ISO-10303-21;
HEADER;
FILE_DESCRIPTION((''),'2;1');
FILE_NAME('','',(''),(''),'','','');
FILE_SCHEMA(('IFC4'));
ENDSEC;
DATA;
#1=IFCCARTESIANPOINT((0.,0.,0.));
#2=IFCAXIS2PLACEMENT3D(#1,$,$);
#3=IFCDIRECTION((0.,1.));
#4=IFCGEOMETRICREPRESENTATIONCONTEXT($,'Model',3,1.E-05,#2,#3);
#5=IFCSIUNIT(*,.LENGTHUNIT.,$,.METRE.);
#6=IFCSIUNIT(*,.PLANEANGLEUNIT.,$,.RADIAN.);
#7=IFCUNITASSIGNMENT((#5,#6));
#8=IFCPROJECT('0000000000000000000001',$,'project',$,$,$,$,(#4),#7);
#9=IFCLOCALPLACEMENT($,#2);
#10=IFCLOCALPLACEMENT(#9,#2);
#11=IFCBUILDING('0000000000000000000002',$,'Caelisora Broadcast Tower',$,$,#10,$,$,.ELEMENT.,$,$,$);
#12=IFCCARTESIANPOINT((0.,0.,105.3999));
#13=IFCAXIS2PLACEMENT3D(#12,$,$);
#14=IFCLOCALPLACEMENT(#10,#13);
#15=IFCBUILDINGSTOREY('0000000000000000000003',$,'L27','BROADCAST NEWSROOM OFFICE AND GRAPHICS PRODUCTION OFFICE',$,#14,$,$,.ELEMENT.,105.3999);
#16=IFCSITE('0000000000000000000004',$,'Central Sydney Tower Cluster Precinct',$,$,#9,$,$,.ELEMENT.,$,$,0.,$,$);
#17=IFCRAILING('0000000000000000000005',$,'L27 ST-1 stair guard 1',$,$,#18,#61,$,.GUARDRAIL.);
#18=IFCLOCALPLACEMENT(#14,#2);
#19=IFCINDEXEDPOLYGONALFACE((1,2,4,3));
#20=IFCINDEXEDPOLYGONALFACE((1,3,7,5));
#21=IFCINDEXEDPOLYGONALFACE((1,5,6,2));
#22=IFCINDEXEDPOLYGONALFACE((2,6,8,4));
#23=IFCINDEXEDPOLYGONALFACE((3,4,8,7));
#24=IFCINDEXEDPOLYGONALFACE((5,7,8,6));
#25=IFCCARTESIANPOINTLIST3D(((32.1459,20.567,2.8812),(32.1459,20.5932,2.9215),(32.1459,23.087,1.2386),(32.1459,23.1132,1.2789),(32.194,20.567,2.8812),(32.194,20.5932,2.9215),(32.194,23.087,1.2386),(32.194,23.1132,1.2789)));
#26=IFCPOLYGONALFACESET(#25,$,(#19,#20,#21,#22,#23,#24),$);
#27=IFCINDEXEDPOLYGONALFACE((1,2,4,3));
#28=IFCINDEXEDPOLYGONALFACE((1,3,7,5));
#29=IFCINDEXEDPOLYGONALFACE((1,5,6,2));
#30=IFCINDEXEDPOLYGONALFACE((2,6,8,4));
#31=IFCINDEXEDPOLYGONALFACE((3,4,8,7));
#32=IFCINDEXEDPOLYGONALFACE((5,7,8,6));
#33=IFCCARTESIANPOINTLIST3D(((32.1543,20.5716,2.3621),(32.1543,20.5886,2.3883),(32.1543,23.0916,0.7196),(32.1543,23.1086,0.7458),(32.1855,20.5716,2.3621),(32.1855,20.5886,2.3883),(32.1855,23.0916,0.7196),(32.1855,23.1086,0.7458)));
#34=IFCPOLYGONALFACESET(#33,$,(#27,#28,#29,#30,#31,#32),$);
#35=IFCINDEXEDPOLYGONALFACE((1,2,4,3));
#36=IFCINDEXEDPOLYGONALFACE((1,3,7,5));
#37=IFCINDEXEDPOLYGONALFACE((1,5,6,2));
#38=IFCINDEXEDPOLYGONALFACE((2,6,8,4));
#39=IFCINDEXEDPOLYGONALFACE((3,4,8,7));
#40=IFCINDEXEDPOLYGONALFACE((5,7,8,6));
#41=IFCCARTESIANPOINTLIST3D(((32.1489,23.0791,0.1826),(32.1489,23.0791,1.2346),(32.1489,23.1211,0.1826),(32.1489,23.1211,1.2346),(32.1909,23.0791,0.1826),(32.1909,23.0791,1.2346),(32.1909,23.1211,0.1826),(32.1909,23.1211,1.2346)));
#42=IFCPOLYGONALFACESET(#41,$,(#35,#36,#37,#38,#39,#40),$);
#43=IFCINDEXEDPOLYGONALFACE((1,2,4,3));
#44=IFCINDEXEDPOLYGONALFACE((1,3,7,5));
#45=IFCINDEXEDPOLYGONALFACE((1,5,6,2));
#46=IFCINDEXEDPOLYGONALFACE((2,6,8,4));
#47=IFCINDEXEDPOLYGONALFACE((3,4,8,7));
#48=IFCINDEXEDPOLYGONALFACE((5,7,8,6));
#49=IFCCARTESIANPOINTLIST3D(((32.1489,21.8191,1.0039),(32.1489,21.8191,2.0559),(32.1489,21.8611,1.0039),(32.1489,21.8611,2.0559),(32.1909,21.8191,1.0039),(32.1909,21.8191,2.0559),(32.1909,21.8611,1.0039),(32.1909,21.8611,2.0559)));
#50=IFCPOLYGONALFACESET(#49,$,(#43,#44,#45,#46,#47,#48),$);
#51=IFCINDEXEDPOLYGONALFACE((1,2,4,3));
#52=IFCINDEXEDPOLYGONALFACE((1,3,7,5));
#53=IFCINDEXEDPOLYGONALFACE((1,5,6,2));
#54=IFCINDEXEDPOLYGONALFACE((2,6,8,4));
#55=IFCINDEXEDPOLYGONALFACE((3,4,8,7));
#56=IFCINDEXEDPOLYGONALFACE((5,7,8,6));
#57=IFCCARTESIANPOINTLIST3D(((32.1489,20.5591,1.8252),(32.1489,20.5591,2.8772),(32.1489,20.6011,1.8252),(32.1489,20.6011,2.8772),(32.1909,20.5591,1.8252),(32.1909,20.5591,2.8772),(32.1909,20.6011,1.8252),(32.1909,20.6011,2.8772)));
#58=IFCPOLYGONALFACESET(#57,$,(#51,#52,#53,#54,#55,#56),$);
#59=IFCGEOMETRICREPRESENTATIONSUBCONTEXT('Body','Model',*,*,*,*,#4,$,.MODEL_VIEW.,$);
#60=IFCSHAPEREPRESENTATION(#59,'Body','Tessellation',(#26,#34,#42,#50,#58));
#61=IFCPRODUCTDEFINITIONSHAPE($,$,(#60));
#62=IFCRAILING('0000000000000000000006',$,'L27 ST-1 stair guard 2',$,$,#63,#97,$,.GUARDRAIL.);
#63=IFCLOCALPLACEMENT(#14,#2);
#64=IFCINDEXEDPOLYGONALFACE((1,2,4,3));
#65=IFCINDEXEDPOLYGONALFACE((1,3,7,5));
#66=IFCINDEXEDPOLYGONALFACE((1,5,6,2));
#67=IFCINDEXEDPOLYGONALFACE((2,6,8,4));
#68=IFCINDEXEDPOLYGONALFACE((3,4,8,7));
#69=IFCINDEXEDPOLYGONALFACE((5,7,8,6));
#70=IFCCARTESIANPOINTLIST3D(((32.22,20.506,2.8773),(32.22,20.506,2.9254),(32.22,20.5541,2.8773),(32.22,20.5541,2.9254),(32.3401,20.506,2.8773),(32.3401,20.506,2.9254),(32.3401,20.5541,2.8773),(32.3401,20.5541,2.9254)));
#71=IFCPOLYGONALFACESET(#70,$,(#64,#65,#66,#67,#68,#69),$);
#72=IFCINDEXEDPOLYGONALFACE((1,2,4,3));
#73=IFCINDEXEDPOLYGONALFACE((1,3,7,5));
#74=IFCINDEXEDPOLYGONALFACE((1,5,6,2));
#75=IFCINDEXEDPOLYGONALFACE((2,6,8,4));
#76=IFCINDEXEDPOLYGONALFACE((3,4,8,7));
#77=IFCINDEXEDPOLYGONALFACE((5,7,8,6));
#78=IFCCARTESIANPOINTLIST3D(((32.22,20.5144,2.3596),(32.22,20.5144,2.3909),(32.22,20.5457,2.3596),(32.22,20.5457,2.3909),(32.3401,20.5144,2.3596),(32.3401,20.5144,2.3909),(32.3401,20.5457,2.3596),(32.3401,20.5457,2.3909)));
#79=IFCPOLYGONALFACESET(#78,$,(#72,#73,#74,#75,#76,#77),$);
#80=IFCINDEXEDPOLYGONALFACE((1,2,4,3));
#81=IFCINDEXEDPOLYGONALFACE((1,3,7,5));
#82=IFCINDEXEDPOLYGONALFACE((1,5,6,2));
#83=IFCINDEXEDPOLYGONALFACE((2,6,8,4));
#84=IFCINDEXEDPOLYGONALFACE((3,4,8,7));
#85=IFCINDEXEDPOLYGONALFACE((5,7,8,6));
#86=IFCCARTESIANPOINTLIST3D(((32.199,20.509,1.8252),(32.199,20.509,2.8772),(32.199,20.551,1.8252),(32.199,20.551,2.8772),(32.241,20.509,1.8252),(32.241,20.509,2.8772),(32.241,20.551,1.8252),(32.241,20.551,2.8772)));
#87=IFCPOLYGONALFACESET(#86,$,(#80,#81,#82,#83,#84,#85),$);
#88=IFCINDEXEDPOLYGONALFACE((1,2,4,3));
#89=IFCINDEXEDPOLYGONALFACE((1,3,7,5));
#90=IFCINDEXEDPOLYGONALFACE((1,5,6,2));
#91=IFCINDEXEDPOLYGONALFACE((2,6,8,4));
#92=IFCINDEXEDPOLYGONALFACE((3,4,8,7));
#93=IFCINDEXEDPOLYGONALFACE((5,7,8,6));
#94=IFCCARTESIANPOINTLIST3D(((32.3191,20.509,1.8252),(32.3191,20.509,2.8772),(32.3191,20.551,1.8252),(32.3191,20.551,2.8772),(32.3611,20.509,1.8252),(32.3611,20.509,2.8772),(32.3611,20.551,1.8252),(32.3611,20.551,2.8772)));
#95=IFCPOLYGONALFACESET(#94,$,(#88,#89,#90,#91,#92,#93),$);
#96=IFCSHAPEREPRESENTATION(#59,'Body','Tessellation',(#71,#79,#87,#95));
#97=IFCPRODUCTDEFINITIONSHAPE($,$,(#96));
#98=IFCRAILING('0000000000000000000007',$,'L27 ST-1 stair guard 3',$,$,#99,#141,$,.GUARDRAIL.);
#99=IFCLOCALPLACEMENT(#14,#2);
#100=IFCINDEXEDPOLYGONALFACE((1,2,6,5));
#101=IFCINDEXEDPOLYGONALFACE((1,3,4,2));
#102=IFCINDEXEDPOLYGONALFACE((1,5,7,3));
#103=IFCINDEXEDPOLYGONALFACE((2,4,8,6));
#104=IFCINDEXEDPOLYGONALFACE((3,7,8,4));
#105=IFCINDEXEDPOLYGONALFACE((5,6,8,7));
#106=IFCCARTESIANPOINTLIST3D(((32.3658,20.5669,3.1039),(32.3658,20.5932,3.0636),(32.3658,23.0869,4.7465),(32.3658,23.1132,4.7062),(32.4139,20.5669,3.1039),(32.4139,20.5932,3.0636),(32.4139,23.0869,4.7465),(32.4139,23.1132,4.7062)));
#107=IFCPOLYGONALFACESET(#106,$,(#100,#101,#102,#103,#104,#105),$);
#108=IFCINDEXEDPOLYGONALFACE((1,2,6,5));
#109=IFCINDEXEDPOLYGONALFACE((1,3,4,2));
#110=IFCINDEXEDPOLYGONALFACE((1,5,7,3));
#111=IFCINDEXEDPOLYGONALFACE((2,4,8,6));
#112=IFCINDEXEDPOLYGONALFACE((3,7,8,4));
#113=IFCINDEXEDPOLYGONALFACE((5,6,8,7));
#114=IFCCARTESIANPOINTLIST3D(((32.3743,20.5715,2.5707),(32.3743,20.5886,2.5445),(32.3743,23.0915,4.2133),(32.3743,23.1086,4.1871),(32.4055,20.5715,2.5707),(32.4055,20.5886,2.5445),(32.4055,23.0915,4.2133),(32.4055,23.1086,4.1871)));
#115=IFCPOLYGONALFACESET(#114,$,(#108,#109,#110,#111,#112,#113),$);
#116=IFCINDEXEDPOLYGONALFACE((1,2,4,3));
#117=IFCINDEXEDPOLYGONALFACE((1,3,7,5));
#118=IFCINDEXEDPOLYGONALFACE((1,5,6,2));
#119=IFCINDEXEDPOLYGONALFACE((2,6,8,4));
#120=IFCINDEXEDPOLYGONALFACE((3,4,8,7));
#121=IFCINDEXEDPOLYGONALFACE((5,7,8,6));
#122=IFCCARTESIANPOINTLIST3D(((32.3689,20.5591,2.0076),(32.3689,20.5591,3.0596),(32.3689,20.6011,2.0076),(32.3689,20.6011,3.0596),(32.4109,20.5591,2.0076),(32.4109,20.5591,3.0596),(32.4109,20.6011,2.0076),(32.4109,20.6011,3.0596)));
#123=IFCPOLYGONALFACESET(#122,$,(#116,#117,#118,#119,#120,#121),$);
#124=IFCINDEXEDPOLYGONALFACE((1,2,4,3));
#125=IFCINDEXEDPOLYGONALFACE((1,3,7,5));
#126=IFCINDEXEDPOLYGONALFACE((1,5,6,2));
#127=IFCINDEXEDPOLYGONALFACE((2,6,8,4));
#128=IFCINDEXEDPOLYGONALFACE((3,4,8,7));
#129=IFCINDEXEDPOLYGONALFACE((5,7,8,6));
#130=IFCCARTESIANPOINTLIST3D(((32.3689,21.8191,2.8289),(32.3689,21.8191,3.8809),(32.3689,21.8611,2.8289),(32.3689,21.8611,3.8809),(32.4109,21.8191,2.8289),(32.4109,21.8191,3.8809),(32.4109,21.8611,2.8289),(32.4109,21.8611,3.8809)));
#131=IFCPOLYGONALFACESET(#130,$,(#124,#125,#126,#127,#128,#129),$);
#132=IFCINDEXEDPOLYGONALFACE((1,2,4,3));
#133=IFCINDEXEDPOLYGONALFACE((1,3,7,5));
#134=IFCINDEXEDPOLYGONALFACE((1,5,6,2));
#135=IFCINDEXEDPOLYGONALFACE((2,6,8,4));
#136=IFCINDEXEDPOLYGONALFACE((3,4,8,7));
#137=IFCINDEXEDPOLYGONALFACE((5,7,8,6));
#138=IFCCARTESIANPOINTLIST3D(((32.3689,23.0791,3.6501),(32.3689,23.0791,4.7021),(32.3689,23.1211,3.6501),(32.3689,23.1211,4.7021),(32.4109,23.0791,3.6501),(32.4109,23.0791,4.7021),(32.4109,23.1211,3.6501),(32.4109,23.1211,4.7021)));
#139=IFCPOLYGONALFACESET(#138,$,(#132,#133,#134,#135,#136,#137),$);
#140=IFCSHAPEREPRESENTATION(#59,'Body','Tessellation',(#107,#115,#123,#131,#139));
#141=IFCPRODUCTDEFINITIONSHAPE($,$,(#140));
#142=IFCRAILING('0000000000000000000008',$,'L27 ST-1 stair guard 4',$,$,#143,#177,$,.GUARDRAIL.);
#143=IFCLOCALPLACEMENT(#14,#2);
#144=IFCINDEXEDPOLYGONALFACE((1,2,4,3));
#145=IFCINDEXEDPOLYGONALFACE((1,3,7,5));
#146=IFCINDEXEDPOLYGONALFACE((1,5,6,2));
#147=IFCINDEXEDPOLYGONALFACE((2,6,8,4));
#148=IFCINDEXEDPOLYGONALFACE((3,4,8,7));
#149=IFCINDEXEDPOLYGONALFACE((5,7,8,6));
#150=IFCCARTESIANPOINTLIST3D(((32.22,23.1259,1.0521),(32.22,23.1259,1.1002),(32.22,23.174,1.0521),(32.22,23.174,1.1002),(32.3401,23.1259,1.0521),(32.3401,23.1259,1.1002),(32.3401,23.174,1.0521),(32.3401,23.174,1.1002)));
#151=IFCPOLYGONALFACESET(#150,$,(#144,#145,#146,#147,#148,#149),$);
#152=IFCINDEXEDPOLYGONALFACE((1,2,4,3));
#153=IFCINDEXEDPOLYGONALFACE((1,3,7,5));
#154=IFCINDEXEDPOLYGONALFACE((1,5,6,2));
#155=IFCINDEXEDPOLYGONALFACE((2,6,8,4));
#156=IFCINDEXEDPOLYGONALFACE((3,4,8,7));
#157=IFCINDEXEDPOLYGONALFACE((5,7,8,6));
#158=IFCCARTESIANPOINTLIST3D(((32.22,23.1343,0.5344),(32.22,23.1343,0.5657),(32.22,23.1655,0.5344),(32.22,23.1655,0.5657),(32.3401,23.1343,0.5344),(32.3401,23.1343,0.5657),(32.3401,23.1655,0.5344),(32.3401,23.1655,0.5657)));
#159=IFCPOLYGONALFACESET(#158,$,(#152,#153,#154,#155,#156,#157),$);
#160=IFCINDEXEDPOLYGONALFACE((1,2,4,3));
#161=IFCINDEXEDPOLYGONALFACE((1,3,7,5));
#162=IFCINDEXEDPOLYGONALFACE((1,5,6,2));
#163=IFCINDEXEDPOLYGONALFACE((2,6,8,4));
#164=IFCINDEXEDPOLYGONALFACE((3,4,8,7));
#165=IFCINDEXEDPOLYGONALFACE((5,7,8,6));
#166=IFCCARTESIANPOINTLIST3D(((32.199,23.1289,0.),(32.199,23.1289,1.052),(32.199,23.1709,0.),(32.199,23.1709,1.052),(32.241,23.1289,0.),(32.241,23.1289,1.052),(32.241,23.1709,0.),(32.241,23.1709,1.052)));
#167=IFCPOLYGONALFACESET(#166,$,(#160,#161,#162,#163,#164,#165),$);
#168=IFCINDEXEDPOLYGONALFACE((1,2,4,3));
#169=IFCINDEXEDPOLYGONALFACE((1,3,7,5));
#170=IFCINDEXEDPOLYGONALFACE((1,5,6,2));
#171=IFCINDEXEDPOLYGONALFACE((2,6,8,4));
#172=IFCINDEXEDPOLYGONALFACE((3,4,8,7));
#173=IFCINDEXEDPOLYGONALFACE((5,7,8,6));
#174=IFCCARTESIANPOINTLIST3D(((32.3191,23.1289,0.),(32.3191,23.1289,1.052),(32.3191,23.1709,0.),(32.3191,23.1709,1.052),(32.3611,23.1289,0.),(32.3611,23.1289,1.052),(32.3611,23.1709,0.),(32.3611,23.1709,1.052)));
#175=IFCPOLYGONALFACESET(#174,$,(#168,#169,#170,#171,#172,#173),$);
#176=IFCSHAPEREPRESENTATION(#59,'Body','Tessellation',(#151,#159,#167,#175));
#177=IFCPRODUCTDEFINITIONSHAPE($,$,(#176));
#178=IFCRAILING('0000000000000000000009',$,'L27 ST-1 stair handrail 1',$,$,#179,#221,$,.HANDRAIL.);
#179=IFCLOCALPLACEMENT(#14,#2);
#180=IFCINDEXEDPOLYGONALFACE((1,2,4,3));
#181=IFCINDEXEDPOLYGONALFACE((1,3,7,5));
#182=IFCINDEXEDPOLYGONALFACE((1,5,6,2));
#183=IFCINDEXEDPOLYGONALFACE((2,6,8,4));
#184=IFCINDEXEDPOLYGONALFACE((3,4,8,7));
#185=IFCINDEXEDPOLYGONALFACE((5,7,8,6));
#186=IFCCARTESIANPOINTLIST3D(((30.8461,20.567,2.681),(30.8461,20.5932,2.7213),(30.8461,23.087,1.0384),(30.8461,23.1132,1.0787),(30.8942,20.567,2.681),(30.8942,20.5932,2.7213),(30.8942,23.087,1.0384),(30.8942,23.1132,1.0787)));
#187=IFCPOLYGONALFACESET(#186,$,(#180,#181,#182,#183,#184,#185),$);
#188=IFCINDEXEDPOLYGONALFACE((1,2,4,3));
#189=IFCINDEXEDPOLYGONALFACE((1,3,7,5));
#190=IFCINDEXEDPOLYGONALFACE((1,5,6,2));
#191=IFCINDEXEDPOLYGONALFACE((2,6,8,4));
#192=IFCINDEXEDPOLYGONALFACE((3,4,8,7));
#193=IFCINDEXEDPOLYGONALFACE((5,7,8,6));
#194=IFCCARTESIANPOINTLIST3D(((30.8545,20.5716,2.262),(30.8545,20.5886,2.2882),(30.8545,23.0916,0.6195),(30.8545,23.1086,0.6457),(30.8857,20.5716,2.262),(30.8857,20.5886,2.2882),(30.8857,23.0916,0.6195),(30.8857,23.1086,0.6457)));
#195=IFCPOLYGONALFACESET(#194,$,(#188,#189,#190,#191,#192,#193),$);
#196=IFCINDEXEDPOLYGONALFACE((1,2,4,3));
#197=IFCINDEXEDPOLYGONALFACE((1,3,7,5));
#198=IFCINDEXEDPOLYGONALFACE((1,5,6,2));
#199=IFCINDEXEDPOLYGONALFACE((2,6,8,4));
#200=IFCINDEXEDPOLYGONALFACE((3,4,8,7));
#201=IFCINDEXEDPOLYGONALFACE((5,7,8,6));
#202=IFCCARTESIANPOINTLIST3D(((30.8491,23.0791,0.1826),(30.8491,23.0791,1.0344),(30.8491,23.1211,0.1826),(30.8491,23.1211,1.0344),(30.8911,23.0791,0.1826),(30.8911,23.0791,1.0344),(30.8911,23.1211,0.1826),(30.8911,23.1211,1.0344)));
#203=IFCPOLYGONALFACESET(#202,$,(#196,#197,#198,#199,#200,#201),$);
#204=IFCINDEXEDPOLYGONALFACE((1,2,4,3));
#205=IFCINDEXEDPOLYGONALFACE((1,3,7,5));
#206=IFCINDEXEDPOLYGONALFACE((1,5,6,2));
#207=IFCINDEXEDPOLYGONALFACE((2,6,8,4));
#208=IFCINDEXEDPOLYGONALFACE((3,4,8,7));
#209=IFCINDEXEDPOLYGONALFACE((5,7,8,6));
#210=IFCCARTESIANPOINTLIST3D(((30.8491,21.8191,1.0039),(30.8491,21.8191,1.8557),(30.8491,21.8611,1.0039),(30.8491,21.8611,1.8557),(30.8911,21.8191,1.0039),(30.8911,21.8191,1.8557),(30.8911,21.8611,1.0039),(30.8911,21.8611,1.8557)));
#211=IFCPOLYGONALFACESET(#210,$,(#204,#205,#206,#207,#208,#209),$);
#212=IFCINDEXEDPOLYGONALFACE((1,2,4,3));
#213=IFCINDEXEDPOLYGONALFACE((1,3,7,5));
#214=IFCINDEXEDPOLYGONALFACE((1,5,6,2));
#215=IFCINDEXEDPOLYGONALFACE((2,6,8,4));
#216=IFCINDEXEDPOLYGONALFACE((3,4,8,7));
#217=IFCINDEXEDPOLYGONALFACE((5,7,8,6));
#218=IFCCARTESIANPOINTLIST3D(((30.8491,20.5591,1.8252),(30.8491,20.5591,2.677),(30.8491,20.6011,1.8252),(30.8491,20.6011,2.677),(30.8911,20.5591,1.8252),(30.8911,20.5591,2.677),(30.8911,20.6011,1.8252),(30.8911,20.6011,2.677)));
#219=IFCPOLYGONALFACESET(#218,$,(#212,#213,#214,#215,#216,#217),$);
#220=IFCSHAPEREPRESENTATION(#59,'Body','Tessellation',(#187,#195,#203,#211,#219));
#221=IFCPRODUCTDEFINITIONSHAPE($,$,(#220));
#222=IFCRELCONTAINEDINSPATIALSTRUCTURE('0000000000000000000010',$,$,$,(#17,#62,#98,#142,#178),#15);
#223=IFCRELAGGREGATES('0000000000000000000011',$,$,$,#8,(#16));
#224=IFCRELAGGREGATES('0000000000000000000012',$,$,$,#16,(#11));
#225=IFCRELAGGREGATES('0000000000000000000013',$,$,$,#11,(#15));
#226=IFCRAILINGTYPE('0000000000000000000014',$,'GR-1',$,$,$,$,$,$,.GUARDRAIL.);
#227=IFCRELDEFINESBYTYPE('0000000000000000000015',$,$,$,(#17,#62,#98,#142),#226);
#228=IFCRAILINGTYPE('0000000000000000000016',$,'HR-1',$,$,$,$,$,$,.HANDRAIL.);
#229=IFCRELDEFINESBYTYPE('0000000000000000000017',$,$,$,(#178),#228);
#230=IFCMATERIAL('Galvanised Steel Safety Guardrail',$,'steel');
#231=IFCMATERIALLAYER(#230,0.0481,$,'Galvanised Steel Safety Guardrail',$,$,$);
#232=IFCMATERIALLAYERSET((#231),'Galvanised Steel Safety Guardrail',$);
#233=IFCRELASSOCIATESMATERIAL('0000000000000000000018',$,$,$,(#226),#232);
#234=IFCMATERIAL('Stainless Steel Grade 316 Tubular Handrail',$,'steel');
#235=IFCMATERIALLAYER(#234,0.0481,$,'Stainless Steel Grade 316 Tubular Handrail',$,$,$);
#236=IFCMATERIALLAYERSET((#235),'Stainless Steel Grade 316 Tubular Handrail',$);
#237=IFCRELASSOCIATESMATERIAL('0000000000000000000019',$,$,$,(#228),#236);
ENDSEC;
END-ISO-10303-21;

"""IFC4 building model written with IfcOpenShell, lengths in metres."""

from ifc_helpers import new_model, si_unit, direction, frame, origin, origin_2d, place, context, subcontext, project, spatial, rectangle, extrude, material, layer, layer_set, type_object, element, save


model = new_model("IFC4")

# Units and contexts
model_context = context("Model", 3, precision=1e-05, world=origin(), true_north=direction((0.0, 1.0)))
body_context = subcontext(model_context, "Body", "Model", "MODEL_VIEW")
ifc_project = project(units=[si_unit("LENGTHUNIT", "METRE"), si_unit("PLANEANGLEUNIT", "RADIAN")], contexts=[model_context])

# Site, building, storey
site_placement = place(None, origin())
site = spatial("IfcSite", under=ifc_project, at=site_placement, Name="Central Sydney Tower Cluster Precinct", CompositionType="ELEMENT", RefElevation=0.0)
building_placement = place(site_placement, origin())
building = spatial("IfcBuilding", under=site, at=building_placement, Name="Caelisora Broadcast Tower", CompositionType="ELEMENT")
storey_placement = place(building_placement, frame((0.0, 0.0, 105.3999)))
storey = spatial("IfcBuildingStorey", under=building, at=storey_placement, Name="L27", Description="BROADCAST NEWSROOM OFFICE AND GRAPHICS PRODUCTION OFFICE", CompositionType="ELEMENT", Elevation=105.3999)

# Railings
ifc_material_1 = material(Name="Galvanised Steel Safety Guardrail", Category="steel")
ifc_layer_1 = layer(ifc_material_1, 0.0481, Name="Galvanised Steel Safety Guardrail")
ifc_layer_set_1 = layer_set([ifc_layer_1], Name="Galvanised Steel Safety Guardrail")
railing_type_1 = type_object("IfcRailingType", Name="GR-1", PredefinedType="GUARDRAIL", material=ifc_layer_set_1)
railing_1_placement = place(storey_placement, frame((32.1699, 23.1001, 0.1826)))
element("IfcRailing", 1, at=railing_1_placement, inside=storey, type_object=railing_type_1, Name="L27 ST-1 stair guard 1", PredefinedType="GUARDRAIL", context=body_context, shape_type="SweptSolid", body=[
    extrude(rectangle(XDim=0.0481, YDim=0.0481, at=origin_2d()), frame((0.0, 0.0, 1.0762), z_axis=(0.0, -0.837749, 0.546055), x_axis=(1.0, 0.0, 0.0)), (0.0, 0.0, 1.0), 3.0081),
    extrude(rectangle(XDim=0.0312, YDim=0.0312, at=origin_2d()), frame((0.0, 0.0, 0.55), z_axis=(0.0, -0.837749, 0.546055), x_axis=(1.0, 0.0, 0.0)), (0.0, 0.0, 1.0), 3.0081),
    extrude(rectangle(XDim=0.042, YDim=0.042, at=origin_2d()), origin(), (0.0, 0.0, 1.0), 1.052),
    extrude(rectangle(XDim=0.042, YDim=0.042, at=origin_2d()), frame((0.0, -1.26, 0.8213)), (0.0, 0.0, 1.0), 1.052),
    extrude(rectangle(XDim=0.042, YDim=0.042, at=origin_2d()), frame((0.0, -2.52, 1.6426)), (0.0, 0.0, 1.0), 1.052),
])
railing_2_placement = place(storey_placement, frame((32.22, 20.53, 1.8252)))
element("IfcRailing", 2, at=railing_2_placement, inside=storey, type_object=railing_type_1, Name="L27 ST-1 stair guard 2", PredefinedType="GUARDRAIL", context=body_context, shape_type="SweptSolid", body=[
    extrude(rectangle(XDim=0.0481, YDim=0.0481, at=origin_2d()), frame((0.0, 0.0, 1.0762), z_axis=(1.0, 0.0, 0.0), x_axis=(0.0, 1.0, 0.0)), (0.0, 0.0, 1.0), 0.1201),
    extrude(rectangle(XDim=0.0312, YDim=0.0312, at=origin_2d()), frame((0.0, 0.0, 0.55), z_axis=(1.0, 0.0, 0.0), x_axis=(0.0, 1.0, 0.0)), (0.0, 0.0, 1.0), 0.1201),
    extrude(rectangle(XDim=0.042, YDim=0.042, at=origin_2d()), origin(), (0.0, 0.0, 1.0), 1.052),
    extrude(rectangle(XDim=0.042, YDim=0.042, at=origin_2d()), frame((0.1201, 0.0, 0.0)), (0.0, 0.0, 1.0), 1.052),
])
railing_3_placement = place(storey_placement, frame((32.3899, 20.5801, 2.0076)))
element("IfcRailing", 3, at=railing_3_placement, inside=storey, type_object=railing_type_1, Name="L27 ST-1 stair guard 3", PredefinedType="GUARDRAIL", context=body_context, shape_type="SweptSolid", body=[
    extrude(rectangle(XDim=0.0481, YDim=0.0481, at=origin_2d()), frame((0.0, 0.0, 1.0762), z_axis=(0.0, 0.837749, 0.546055), x_axis=(-1.0, 0.0, 0.0)), (0.0, 0.0, 1.0), 3.0081),
    extrude(rectangle(XDim=0.0312, YDim=0.0312, at=origin_2d()), frame((0.0, 0.0, 0.55), z_axis=(0.0, 0.837749, 0.546055), x_axis=(-1.0, 0.0, 0.0)), (0.0, 0.0, 1.0), 3.0081),
    extrude(rectangle(XDim=0.042, YDim=0.042, at=origin_2d()), origin(), (0.0, 0.0, 1.0), 1.052),
    extrude(rectangle(XDim=0.042, YDim=0.042, at=origin_2d()), frame((0.0, 1.26, 0.8213)), (0.0, 0.0, 1.0), 1.052),
    extrude(rectangle(XDim=0.042, YDim=0.042, at=origin_2d()), frame((0.0, 2.52, 1.6426)), (0.0, 0.0, 1.0), 1.052),
])
railing_4_placement = place(storey_placement, frame((32.22, 23.1499, 0.0)))
element("IfcRailing", 4, at=railing_4_placement, inside=storey, type_object=railing_type_1, Name="L27 ST-1 stair guard 4", PredefinedType="GUARDRAIL", context=body_context, shape_type="SweptSolid", body=[
    extrude(rectangle(XDim=0.0481, YDim=0.0481, at=origin_2d()), frame((0.0, 0.0, 1.0762), z_axis=(1.0, 0.0, 0.0), x_axis=(0.0, 1.0, 0.0)), (0.0, 0.0, 1.0), 0.1201),
    extrude(rectangle(XDim=0.0312, YDim=0.0312, at=origin_2d()), frame((0.0, 0.0, 0.55), z_axis=(1.0, 0.0, 0.0), x_axis=(0.0, 1.0, 0.0)), (0.0, 0.0, 1.0), 0.1201),
    extrude(rectangle(XDim=0.042, YDim=0.042, at=origin_2d()), origin(), (0.0, 0.0, 1.0), 1.052),
    extrude(rectangle(XDim=0.042, YDim=0.042, at=origin_2d()), frame((0.1201, 0.0, 0.0)), (0.0, 0.0, 1.0), 1.052),
])
ifc_material_2 = material(Name="Stainless Steel Grade 316 Tubular Handrail", Category="steel")
ifc_layer_2 = layer(ifc_material_2, 0.0481, Name="Stainless Steel Grade 316 Tubular Handrail")
ifc_layer_set_2 = layer_set([ifc_layer_2], Name="Stainless Steel Grade 316 Tubular Handrail")
railing_type_2 = type_object("IfcRailingType", Name="HR-1", PredefinedType="HANDRAIL", material=ifc_layer_set_2)
railing_5_placement = place(storey_placement, frame((30.8701, 23.1001, 0.1826)))
element("IfcRailing", 5, at=railing_5_placement, inside=storey, type_object=railing_type_2, Name="L27 ST-1 stair handrail 1", PredefinedType="HANDRAIL", context=body_context, shape_type="SweptSolid", body=[
    extrude(rectangle(XDim=0.0481, YDim=0.0481, at=origin_2d()), frame((0.0, 0.0, 0.876), z_axis=(0.0, -0.837749, 0.546055), x_axis=(1.0, 0.0, 0.0)), (0.0, 0.0, 1.0), 3.0081),
    extrude(rectangle(XDim=0.0312, YDim=0.0312, at=origin_2d()), frame((0.0, 0.0, 0.45), z_axis=(0.0, -0.837749, 0.546055), x_axis=(1.0, 0.0, 0.0)), (0.0, 0.0, 1.0), 3.0081),
    extrude(rectangle(XDim=0.042, YDim=0.042, at=origin_2d()), origin(), (0.0, 0.0, 1.0), 0.8518),
    extrude(rectangle(XDim=0.042, YDim=0.042, at=origin_2d()), frame((0.0, -1.26, 0.8213)), (0.0, 0.0, 1.0), 0.8518),
    extrude(rectangle(XDim=0.042, YDim=0.042, at=origin_2d()), frame((0.0, -2.52, 1.6426)), (0.0, 0.0, 1.0), 0.8518),
])

save(model, "model.ifc")
